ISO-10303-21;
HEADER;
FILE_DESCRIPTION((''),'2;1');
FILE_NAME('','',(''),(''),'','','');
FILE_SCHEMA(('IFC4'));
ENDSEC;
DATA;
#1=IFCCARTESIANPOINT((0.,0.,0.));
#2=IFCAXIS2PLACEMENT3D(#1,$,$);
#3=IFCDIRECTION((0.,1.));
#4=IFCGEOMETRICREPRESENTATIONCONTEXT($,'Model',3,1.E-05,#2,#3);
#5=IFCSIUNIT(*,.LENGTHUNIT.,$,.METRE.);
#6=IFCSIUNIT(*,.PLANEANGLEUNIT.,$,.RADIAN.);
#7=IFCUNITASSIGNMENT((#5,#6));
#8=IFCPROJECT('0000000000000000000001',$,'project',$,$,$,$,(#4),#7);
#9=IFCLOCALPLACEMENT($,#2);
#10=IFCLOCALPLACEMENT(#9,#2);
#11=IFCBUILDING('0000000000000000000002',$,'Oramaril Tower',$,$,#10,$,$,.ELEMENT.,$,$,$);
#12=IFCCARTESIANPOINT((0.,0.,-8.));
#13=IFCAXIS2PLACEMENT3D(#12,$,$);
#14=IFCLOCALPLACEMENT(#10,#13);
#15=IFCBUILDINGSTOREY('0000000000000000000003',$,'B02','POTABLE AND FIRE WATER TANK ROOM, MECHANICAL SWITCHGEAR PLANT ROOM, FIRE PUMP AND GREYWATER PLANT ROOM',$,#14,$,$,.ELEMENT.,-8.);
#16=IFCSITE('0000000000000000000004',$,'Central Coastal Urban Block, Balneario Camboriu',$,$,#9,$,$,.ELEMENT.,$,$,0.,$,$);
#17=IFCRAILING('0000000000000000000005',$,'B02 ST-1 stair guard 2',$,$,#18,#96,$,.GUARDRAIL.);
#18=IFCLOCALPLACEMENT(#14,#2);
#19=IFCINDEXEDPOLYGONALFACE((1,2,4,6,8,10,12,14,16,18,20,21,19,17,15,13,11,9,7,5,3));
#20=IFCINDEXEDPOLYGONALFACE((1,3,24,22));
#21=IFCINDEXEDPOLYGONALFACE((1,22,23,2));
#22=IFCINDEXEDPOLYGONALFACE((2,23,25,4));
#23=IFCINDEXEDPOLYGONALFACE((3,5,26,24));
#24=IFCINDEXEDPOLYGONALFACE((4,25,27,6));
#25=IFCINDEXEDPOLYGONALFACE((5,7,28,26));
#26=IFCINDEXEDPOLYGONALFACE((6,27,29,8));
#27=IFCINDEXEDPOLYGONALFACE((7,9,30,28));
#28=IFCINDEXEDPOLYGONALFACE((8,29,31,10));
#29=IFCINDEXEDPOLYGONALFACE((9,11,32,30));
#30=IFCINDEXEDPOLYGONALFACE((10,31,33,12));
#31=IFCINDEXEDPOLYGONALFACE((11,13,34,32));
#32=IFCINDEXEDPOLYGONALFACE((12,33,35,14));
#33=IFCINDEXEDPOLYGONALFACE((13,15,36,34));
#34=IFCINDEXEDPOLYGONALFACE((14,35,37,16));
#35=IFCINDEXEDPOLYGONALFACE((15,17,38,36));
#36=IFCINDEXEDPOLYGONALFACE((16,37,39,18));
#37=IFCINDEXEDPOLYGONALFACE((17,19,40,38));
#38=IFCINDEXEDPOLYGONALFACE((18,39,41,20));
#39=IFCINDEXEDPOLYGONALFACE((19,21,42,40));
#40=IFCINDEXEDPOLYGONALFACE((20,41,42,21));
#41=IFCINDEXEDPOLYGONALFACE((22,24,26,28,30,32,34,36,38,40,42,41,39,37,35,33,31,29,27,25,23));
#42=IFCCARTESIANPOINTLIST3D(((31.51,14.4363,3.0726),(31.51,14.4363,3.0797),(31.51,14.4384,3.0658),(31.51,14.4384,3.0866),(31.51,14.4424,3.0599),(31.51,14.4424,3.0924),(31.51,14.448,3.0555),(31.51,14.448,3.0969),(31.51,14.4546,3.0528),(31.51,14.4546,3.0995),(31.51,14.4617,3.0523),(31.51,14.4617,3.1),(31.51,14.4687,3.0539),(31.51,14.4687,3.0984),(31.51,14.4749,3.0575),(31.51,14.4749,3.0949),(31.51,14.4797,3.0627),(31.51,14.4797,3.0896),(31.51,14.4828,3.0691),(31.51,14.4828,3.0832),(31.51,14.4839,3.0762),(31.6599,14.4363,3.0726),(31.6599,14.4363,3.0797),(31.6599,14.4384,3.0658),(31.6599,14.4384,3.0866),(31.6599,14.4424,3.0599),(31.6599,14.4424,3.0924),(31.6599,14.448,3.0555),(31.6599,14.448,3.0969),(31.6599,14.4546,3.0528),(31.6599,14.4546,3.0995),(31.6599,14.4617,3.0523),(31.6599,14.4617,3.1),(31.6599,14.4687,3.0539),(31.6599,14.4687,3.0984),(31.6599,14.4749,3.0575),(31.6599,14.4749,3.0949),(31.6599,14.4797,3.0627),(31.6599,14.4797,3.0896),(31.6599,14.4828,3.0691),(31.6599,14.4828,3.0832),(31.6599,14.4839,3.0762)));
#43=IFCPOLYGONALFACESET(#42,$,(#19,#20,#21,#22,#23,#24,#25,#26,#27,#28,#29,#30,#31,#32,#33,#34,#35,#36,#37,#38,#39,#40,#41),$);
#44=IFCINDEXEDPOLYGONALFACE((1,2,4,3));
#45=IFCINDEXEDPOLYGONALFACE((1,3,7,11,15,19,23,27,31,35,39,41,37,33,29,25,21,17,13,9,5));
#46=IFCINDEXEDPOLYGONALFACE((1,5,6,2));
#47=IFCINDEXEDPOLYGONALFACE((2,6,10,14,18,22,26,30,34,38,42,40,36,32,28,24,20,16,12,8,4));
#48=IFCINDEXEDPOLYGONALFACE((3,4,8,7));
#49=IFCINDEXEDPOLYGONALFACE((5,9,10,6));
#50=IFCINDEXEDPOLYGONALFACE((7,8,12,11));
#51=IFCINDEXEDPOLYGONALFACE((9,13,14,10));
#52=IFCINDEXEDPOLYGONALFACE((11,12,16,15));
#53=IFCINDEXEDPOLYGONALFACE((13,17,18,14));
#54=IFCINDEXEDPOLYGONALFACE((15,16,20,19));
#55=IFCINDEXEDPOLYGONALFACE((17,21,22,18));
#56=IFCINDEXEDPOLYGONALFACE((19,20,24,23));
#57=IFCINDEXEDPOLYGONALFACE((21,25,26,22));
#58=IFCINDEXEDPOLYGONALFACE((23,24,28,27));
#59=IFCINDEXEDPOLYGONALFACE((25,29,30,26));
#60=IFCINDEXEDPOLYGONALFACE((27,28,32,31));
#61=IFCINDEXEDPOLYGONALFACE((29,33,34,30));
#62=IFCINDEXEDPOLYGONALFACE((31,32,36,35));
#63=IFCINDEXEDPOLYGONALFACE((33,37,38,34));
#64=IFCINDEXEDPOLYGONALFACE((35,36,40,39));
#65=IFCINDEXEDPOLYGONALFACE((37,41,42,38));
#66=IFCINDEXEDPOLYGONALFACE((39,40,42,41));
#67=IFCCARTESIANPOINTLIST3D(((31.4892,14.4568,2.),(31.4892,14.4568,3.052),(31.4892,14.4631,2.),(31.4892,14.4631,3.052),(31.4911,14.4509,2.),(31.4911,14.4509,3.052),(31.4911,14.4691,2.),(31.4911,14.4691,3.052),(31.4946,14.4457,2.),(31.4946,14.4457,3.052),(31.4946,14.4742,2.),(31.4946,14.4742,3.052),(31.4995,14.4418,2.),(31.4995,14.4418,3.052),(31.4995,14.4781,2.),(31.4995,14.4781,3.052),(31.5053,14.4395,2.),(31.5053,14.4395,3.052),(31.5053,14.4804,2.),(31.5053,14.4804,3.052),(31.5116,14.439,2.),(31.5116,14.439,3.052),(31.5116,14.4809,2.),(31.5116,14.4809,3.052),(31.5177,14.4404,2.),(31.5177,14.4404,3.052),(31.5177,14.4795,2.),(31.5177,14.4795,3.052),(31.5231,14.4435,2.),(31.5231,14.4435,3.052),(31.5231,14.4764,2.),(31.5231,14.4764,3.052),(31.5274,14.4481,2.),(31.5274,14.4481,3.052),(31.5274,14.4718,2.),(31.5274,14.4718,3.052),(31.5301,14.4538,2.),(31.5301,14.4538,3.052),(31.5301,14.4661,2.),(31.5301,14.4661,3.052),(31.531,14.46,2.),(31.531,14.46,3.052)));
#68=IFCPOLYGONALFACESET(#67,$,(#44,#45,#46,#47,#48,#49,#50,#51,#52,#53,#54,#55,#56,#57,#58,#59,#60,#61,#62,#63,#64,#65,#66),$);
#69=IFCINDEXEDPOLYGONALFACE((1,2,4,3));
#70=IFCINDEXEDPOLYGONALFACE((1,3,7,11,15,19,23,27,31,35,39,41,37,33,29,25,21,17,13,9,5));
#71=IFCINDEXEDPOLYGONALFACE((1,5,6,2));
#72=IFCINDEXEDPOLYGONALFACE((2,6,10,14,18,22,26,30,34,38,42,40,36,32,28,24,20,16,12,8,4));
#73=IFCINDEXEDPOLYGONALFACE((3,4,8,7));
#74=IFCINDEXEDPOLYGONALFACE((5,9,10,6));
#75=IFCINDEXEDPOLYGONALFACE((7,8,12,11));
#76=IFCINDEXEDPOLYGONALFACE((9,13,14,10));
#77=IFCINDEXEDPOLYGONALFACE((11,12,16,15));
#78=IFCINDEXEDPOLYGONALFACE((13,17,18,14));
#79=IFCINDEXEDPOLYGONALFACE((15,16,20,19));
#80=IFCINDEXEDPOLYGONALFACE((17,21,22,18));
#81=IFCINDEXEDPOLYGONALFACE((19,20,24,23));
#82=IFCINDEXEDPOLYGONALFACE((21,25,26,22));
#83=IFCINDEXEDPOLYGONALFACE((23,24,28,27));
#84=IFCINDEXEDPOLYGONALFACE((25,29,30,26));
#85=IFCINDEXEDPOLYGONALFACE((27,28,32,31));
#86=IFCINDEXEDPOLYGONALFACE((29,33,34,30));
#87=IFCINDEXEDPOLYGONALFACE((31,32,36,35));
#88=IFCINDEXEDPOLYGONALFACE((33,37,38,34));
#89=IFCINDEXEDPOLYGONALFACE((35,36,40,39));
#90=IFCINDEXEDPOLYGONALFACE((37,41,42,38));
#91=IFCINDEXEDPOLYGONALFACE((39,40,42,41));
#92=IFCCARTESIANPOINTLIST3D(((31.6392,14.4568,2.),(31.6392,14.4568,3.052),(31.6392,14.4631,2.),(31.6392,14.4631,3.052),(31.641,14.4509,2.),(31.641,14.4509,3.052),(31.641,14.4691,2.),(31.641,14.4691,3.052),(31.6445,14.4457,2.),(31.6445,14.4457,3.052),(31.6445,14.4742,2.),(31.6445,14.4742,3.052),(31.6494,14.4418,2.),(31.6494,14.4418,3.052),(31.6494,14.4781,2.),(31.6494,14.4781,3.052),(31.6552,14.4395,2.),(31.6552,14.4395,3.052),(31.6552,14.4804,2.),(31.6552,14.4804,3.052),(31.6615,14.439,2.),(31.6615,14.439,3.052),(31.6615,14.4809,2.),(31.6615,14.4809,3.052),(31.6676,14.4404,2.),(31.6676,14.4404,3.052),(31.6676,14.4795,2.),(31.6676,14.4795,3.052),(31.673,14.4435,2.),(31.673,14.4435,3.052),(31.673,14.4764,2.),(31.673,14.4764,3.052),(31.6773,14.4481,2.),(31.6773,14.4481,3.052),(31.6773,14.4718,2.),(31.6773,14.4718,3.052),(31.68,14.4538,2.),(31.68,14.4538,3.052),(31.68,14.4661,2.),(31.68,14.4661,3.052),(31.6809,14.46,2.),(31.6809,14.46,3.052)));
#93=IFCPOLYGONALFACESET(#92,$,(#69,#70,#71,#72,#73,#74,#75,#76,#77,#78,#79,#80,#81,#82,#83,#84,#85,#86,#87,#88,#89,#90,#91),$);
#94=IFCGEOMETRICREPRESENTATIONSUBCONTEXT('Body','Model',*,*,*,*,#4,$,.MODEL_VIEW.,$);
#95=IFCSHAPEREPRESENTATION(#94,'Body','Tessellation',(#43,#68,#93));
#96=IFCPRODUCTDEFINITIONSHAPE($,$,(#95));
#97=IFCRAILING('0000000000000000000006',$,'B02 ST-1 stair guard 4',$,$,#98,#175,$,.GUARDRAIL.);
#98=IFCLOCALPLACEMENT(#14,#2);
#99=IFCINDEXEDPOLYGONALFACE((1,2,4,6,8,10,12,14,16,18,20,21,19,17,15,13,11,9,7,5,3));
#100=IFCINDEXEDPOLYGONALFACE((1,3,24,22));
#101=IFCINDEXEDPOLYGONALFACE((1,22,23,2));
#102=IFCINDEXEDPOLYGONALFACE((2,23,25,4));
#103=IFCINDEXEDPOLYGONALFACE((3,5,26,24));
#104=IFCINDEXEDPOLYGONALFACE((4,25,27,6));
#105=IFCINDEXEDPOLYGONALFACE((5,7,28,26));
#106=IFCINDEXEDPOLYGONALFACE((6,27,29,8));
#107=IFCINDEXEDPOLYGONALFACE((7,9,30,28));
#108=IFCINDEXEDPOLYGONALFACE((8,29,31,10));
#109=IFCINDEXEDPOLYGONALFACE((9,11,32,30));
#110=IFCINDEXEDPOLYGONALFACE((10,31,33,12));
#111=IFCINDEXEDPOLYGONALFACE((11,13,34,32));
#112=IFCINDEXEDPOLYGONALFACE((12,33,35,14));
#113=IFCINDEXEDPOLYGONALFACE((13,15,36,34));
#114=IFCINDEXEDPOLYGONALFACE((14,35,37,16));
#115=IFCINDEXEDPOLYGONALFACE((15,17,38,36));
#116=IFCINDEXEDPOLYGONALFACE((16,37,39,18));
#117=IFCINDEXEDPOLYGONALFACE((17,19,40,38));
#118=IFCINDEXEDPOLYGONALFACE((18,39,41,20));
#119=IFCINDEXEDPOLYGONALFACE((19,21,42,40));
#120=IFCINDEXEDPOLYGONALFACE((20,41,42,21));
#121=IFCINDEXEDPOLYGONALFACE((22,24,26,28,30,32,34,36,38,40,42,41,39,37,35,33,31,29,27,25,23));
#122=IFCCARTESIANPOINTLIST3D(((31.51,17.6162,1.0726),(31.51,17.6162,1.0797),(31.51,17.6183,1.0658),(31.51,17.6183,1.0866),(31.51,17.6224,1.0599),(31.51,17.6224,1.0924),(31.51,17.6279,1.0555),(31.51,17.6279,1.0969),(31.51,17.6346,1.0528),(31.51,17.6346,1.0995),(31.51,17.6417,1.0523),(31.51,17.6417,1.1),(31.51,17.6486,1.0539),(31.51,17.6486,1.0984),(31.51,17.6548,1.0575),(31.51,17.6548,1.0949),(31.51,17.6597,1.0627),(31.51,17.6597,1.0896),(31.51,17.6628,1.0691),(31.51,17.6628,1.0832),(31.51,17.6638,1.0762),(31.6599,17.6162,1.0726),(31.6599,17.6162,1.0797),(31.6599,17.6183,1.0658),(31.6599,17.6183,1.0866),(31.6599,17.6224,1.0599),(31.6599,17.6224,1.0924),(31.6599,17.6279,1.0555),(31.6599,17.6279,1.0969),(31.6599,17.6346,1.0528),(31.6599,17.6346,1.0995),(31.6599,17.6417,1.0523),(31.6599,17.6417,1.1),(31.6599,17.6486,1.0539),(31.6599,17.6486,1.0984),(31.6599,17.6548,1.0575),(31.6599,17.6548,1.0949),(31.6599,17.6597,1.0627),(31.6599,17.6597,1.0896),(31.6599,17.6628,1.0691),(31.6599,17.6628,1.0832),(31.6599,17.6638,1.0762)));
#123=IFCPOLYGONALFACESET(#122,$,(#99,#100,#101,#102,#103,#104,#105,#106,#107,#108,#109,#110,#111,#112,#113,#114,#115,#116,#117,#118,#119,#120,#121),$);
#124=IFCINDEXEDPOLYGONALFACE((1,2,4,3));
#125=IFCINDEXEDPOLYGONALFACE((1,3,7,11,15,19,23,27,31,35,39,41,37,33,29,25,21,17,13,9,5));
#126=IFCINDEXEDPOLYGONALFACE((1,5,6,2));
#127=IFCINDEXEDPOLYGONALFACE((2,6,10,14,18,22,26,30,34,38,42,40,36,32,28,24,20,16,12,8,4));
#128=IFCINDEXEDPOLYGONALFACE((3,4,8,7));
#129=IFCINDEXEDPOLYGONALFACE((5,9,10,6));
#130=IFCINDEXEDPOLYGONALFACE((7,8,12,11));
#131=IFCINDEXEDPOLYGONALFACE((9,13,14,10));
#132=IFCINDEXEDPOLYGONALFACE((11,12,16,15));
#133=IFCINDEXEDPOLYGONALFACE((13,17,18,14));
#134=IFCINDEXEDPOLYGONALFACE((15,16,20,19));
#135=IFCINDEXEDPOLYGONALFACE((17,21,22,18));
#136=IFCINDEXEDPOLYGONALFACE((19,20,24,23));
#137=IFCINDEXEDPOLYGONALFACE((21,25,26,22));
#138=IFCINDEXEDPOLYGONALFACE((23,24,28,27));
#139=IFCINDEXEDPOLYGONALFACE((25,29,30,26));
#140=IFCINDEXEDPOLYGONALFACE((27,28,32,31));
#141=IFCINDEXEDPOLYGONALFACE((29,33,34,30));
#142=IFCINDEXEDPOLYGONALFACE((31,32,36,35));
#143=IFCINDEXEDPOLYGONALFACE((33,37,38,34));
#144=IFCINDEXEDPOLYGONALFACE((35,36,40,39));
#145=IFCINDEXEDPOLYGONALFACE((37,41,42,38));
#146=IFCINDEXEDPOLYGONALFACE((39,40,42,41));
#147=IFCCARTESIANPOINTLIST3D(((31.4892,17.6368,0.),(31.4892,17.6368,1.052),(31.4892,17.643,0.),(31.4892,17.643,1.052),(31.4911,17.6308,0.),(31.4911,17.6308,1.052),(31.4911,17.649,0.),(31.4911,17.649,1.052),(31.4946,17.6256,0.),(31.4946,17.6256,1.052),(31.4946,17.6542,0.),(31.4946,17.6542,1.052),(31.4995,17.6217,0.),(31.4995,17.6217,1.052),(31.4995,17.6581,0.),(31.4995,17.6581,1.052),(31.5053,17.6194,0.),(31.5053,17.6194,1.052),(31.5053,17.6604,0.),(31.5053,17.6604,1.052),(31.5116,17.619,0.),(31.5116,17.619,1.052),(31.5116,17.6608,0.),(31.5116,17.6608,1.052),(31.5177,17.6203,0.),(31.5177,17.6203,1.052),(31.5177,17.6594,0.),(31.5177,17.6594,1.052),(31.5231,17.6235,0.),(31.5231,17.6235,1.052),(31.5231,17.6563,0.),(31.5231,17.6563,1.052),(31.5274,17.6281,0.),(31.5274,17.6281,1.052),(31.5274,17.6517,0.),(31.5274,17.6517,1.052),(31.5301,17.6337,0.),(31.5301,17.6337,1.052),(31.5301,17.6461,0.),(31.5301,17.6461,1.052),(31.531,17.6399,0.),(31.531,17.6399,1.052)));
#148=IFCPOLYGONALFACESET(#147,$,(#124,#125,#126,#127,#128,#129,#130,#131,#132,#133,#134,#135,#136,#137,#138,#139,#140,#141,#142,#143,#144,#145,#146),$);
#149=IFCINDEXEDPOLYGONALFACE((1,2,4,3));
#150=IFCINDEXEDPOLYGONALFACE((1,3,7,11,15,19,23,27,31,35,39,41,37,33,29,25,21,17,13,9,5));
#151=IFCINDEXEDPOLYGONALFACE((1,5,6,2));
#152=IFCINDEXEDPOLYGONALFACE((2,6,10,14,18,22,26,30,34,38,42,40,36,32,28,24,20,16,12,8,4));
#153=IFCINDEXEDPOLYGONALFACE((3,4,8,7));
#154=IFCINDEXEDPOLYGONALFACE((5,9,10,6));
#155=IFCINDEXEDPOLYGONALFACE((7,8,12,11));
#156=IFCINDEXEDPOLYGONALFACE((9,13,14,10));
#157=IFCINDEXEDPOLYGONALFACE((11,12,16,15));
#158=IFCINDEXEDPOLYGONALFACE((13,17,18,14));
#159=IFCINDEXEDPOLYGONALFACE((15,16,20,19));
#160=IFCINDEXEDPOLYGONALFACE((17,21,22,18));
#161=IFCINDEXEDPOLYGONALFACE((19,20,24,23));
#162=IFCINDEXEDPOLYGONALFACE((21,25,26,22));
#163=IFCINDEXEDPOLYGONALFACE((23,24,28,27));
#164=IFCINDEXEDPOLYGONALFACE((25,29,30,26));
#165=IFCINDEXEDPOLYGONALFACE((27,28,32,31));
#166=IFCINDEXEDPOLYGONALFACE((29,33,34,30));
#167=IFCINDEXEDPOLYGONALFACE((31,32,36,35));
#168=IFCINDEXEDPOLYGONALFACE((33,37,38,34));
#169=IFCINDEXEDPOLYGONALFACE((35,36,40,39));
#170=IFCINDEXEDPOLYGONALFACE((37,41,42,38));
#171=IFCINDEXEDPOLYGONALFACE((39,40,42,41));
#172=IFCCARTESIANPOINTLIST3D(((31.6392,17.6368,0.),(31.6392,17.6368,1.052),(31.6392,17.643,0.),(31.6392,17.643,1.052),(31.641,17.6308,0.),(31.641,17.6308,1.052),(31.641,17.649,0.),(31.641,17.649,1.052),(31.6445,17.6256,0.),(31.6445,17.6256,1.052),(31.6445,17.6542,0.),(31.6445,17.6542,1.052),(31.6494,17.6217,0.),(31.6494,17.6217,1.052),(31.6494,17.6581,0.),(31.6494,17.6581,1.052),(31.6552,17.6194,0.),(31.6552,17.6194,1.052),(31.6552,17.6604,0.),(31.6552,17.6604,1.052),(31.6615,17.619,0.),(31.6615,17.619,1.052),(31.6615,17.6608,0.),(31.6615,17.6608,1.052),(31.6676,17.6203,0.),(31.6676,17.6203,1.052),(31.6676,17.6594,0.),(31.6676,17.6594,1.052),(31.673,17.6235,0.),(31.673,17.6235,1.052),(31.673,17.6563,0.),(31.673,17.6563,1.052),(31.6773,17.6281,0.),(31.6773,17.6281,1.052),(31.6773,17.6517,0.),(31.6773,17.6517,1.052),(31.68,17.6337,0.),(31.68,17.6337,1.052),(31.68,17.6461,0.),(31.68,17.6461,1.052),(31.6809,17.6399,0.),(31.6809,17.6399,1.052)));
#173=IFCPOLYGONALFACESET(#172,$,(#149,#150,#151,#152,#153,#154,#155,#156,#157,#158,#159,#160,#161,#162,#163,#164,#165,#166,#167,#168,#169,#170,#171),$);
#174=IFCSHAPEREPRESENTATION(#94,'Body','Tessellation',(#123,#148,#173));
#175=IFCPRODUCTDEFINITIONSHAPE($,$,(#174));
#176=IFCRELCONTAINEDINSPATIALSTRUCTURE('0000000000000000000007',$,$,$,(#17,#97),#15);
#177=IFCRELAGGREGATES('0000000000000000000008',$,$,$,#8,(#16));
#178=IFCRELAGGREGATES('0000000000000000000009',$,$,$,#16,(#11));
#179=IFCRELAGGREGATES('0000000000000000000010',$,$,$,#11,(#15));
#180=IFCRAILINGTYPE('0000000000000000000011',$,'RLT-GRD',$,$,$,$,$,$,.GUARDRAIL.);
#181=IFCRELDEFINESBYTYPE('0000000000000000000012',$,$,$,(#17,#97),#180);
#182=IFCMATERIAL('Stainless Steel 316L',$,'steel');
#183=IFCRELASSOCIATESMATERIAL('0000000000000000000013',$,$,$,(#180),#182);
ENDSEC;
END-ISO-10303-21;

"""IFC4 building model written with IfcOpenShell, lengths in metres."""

from ifc_helpers import new_model, si_unit, direction, frame, origin, origin_2d, place, context, subcontext, project, spatial, circle, extrude, material, type_object, element, save


model = new_model("IFC4")

# Units and contexts
model_context = context("Model", 3, precision=1e-05, world=origin(), true_north=direction((0.0, 1.0)))
body_context = subcontext(model_context, "Body", "Model", "MODEL_VIEW")
ifc_project = project(units=[si_unit("LENGTHUNIT", "METRE"), si_unit("PLANEANGLEUNIT", "RADIAN")], contexts=[model_context])

# Site, building, storey
site_placement = place(None, origin())
site = spatial("IfcSite", under=ifc_project, at=site_placement, Name="Central Coastal Urban Block, Balneario Camboriu", CompositionType="ELEMENT", RefElevation=0.0)
building_placement = place(site_placement, origin())
building = spatial("IfcBuilding", under=site, at=building_placement, Name="Oramaril Tower", CompositionType="ELEMENT")
storey_placement = place(building_placement, frame((0.0, 0.0, -8.0)))
storey = spatial("IfcBuildingStorey", under=building, at=storey_placement, Name="B02", Description="POTABLE AND FIRE WATER TANK ROOM, MECHANICAL SWITCHGEAR PLANT ROOM, FIRE PUMP AND GREYWATER PLANT ROOM", CompositionType="ELEMENT", Elevation=-8.0)

# Railings
ifc_material_1 = material(Name="Stainless Steel 316L", Category="steel")
railing_type_1 = type_object("IfcRailingType", Name="RLT-GRD", PredefinedType="GUARDRAIL", material=ifc_material_1)
for number, where, name in (
    (1, (31.51, 14.46, 2.0), "B02 ST-1 stair guard 2"),
    (2, (31.51, 17.6399, 0.0), "B02 ST-1 stair guard 4"),
):
    element("IfcRailing", number, at=place(storey_placement, frame(where)), inside=storey, type_object=railing_type_1, Name=name, PredefinedType="GUARDRAIL", context=body_context, shape_type="SweptSolid", body=[
        extrude(circle(Radius=0.0239, at=origin_2d()), frame((0.0, 0.0, 1.0762), z_axis=(1.0, 0.0, 0.0), x_axis=(0.0, 1.0, 0.0)), (0.0, 0.0, 1.0), 0.1499),
        extrude(circle(Radius=0.021, at=origin_2d()), origin(), (0.0, 0.0, 1.0), 1.052),
        extrude(circle(Radius=0.021, at=origin_2d()), frame((0.1499, 0.0, 0.0)), (0.0, 0.0, 1.0), 1.052),
    ])

save(model, "model.ifc")
